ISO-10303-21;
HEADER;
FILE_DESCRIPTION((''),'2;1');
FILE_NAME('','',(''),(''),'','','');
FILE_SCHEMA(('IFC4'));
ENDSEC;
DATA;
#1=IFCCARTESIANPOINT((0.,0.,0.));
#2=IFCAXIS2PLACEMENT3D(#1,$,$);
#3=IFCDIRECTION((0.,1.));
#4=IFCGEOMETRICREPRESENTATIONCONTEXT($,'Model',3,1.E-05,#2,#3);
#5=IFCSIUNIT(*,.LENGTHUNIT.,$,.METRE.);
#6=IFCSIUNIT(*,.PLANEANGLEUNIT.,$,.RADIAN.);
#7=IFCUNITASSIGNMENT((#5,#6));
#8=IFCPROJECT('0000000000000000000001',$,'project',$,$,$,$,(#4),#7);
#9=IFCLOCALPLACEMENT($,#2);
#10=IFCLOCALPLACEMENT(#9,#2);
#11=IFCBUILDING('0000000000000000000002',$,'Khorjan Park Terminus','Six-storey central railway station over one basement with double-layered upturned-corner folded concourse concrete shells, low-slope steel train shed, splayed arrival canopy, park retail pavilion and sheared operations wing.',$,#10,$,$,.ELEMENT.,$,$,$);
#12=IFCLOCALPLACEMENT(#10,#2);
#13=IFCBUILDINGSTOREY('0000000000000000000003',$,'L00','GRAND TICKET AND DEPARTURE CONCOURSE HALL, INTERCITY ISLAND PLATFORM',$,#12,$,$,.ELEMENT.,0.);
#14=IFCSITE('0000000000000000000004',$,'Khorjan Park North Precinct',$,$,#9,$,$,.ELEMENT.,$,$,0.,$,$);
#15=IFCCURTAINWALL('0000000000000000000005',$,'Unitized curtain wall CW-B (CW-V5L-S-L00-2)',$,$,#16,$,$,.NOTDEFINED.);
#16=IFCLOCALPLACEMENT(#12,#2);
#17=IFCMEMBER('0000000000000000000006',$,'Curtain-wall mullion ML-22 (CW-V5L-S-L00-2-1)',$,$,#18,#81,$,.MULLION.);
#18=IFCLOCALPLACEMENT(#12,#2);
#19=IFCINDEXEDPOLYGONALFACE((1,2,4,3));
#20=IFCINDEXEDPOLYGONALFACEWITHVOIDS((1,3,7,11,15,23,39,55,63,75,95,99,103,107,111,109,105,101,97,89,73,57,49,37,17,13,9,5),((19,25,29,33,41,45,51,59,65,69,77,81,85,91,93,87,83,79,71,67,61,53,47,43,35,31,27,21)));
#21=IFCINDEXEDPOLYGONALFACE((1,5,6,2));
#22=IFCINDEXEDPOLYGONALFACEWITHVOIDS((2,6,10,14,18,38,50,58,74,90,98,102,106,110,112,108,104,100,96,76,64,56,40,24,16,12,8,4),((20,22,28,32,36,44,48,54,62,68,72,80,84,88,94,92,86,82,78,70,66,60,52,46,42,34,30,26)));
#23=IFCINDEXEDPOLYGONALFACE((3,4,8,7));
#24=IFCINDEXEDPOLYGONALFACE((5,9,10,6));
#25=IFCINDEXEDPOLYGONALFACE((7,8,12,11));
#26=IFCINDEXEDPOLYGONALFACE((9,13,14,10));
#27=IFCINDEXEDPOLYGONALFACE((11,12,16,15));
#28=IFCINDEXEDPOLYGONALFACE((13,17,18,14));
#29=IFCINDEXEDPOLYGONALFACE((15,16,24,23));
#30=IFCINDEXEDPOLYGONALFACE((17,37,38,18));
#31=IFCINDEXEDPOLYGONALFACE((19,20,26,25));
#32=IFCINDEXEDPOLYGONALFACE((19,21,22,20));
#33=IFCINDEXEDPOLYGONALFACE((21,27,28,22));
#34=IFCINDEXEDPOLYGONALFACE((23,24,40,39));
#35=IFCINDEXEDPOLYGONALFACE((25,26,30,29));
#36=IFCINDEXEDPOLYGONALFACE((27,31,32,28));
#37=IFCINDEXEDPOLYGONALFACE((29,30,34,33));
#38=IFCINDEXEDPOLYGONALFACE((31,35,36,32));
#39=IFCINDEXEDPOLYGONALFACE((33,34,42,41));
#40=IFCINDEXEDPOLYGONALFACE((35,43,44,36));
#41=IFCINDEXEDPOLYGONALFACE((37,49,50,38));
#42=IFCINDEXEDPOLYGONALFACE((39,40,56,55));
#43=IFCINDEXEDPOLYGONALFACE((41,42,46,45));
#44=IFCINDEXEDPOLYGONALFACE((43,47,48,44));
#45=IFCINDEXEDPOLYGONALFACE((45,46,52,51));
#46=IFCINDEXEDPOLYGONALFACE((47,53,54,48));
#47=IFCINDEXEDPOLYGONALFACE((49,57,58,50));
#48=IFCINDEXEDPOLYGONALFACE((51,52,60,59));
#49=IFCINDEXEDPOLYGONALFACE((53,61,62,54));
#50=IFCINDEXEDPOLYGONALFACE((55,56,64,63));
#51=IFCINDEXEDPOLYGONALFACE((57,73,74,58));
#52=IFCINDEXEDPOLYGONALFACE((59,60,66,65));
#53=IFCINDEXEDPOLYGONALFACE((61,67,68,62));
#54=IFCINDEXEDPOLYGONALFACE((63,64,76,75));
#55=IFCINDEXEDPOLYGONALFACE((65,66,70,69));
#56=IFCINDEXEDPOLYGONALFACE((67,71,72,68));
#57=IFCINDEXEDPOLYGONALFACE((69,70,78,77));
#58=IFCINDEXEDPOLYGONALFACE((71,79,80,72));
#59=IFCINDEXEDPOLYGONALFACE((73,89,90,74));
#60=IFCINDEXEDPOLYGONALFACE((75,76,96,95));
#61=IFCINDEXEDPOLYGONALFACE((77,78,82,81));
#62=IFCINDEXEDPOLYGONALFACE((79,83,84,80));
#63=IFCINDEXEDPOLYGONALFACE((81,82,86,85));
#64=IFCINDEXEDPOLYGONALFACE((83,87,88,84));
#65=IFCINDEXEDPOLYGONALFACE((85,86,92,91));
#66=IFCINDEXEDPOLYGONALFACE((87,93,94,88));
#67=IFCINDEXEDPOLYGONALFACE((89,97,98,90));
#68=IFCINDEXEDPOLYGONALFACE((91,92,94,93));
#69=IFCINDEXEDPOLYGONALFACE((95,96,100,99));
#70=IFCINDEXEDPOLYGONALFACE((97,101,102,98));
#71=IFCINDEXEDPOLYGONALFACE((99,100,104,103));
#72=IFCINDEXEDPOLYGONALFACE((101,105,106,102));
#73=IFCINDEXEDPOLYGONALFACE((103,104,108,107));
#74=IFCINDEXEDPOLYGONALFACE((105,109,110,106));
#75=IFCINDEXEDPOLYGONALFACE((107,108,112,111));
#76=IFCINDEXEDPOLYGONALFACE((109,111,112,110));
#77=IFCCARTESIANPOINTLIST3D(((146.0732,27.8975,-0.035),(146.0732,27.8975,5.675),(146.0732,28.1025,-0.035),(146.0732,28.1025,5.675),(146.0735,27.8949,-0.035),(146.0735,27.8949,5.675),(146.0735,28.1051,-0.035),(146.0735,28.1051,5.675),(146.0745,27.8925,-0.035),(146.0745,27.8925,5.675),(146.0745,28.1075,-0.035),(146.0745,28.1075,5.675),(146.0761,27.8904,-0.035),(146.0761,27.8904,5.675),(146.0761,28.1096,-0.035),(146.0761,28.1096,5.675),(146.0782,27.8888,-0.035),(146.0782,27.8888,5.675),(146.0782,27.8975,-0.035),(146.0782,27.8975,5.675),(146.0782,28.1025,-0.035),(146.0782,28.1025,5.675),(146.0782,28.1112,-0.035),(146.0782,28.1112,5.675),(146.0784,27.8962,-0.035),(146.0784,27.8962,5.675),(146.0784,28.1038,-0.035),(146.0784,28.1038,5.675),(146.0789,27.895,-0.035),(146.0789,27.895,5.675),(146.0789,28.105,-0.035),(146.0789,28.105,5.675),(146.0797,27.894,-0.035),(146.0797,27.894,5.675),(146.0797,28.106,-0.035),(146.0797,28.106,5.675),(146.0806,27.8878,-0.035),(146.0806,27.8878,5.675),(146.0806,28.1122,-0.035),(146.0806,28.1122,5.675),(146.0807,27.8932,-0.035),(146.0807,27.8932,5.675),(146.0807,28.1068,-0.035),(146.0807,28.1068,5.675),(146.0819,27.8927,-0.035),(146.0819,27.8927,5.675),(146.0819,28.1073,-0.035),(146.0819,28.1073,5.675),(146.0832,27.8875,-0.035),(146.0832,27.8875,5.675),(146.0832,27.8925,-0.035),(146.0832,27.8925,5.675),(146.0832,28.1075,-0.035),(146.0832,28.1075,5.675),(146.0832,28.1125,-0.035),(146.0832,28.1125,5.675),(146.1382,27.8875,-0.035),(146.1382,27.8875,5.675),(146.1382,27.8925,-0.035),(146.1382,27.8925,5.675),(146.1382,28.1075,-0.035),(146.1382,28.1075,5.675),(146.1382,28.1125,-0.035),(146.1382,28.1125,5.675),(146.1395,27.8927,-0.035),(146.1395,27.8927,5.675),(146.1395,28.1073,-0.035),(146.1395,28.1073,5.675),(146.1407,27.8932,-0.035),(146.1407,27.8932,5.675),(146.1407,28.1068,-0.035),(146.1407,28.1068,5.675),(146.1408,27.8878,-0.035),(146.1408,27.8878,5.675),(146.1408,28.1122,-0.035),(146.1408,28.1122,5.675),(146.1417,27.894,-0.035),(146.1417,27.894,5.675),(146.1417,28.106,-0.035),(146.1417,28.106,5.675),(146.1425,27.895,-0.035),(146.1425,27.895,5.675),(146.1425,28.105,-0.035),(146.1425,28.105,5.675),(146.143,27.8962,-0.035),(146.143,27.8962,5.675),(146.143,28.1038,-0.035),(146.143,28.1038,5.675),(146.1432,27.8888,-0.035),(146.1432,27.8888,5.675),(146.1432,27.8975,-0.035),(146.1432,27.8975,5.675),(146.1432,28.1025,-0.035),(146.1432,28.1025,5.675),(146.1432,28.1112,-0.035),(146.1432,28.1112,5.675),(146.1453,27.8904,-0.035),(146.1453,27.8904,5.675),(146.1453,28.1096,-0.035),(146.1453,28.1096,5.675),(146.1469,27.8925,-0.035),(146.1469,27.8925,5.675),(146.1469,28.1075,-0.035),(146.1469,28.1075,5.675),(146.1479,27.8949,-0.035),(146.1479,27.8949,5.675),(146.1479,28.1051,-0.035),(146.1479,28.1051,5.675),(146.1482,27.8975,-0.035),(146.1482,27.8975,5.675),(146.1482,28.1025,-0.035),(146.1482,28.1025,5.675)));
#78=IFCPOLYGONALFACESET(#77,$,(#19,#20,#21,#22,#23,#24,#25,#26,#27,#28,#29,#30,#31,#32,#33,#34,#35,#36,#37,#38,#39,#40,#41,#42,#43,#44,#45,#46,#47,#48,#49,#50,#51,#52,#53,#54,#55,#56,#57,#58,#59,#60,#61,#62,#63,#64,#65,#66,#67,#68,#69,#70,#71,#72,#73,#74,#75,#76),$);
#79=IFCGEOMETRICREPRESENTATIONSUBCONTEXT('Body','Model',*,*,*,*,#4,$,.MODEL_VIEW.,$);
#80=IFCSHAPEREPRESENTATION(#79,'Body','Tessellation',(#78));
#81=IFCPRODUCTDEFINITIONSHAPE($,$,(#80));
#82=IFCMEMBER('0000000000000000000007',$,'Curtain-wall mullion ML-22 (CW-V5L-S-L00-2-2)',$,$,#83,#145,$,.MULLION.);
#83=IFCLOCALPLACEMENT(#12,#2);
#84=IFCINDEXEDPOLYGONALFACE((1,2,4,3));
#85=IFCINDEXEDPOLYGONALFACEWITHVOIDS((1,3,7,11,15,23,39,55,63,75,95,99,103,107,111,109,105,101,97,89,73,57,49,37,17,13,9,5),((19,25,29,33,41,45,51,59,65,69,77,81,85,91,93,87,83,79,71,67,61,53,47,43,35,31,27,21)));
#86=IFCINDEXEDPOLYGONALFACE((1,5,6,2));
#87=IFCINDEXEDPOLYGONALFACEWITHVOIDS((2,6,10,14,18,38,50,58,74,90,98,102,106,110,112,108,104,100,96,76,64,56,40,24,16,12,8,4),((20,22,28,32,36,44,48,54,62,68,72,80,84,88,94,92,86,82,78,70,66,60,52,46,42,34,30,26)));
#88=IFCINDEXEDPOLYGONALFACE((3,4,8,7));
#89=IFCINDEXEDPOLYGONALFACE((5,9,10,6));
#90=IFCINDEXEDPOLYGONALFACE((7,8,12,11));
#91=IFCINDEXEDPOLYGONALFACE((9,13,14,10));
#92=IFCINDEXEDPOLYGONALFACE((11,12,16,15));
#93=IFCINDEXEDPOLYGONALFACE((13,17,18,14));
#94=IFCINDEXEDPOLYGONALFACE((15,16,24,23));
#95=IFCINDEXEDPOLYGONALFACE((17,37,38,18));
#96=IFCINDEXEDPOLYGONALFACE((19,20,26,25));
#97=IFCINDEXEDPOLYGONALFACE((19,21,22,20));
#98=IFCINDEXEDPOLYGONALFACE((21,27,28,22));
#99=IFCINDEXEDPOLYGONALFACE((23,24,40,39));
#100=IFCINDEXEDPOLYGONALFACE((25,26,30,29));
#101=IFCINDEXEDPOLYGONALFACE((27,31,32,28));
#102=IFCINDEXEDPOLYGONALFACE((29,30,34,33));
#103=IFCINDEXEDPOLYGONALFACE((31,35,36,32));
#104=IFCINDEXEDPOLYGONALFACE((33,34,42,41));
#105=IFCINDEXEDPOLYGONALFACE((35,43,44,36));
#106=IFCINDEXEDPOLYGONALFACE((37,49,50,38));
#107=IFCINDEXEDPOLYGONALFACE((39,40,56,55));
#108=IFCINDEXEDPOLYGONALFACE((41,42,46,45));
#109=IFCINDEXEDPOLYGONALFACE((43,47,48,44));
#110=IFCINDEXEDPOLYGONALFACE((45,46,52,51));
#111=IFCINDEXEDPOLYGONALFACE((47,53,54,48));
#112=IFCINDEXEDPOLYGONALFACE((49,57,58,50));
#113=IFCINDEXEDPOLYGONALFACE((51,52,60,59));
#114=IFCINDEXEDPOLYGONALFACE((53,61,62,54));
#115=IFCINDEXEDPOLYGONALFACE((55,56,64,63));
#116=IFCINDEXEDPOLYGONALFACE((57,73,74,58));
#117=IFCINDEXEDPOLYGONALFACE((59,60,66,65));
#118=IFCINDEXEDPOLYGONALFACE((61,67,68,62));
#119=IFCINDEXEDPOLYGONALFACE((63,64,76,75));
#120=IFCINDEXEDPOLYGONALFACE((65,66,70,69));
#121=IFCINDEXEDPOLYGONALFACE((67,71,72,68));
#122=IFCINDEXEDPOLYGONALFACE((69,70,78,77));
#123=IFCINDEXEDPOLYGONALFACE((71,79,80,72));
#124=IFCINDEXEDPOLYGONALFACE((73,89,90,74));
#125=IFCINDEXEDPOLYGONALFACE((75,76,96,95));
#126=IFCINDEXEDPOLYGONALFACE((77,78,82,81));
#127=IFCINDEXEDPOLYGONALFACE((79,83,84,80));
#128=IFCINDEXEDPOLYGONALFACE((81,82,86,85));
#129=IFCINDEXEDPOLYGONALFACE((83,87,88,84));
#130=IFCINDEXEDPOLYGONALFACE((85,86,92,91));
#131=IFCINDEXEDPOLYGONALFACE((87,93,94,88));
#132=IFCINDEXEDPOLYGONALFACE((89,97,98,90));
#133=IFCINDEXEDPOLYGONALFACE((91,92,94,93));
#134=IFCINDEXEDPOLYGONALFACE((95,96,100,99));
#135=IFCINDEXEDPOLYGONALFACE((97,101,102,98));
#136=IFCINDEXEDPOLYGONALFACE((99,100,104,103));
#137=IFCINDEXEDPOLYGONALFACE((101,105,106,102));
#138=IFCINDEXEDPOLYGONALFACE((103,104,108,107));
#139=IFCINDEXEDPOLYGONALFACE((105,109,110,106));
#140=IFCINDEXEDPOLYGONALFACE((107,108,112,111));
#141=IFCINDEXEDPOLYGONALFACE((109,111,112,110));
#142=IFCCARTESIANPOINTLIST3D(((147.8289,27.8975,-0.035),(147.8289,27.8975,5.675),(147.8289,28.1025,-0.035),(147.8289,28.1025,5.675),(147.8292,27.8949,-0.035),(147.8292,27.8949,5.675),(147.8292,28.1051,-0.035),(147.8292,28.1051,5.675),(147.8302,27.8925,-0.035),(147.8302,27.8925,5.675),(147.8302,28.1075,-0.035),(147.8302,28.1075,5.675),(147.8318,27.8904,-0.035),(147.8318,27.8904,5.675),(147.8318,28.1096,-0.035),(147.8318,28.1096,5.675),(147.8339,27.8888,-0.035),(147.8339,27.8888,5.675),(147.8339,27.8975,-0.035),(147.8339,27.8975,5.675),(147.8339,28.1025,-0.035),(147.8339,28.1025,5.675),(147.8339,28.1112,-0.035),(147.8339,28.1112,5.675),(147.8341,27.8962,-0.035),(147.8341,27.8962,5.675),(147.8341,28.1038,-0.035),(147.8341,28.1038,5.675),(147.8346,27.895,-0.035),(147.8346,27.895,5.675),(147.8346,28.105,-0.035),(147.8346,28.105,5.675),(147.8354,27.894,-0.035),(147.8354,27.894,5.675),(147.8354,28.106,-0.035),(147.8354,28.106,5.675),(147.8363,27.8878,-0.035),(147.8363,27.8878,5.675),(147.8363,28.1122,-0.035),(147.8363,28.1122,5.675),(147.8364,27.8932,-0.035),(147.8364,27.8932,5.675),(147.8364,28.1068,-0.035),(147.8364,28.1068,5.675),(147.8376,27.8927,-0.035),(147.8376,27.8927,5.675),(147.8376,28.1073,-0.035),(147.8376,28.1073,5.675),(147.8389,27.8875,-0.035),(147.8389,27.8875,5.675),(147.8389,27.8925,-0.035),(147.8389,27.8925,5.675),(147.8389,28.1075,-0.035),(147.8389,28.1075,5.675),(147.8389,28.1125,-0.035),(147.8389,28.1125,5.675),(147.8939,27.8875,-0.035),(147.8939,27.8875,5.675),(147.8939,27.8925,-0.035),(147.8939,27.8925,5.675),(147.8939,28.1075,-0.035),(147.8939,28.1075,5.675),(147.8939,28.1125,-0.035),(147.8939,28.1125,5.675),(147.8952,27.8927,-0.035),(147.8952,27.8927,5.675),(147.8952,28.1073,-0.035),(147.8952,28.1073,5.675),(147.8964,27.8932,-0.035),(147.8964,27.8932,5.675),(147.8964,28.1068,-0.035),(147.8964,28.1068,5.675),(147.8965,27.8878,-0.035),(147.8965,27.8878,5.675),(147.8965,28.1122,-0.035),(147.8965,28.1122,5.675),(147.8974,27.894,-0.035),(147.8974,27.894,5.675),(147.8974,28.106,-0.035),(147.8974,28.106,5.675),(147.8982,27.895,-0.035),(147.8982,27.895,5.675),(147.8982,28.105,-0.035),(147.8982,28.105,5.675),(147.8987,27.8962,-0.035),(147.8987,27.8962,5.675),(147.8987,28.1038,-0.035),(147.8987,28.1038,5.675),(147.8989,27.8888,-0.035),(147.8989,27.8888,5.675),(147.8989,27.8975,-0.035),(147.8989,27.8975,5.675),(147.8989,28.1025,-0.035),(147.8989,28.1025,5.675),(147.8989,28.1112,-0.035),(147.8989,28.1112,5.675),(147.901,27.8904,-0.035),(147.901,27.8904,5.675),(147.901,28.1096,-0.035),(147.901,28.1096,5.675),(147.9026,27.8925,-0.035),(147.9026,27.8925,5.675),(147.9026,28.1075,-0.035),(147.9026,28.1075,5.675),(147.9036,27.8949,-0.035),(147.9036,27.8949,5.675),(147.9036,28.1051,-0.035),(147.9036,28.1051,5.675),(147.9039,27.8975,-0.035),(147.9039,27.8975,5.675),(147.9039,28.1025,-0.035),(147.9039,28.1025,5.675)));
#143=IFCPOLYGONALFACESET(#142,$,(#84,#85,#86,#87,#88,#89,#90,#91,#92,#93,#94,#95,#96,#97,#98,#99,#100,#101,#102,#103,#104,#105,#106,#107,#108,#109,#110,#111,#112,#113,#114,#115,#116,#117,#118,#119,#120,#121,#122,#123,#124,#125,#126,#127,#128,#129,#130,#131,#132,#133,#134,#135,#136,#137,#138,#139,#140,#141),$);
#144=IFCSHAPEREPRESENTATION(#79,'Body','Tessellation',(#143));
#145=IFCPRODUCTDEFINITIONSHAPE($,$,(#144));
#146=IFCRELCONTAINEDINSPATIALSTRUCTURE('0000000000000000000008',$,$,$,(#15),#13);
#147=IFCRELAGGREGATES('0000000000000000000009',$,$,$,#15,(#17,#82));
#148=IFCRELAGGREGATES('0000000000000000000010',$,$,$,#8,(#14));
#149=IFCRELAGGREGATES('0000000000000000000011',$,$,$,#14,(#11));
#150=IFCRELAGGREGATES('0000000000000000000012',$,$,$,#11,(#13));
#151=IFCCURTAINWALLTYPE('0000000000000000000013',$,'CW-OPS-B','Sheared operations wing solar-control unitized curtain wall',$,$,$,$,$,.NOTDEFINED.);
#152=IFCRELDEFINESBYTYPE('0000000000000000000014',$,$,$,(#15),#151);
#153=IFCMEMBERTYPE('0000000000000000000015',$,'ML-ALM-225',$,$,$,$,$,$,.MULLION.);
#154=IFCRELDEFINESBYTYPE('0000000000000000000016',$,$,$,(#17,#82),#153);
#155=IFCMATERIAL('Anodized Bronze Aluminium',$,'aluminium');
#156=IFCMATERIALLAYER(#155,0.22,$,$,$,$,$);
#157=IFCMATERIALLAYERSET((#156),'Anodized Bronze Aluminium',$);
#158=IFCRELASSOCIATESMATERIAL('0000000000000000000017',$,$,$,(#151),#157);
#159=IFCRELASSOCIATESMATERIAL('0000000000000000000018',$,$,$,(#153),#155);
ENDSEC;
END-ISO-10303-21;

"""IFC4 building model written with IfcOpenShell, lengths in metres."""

from ifc_helpers import new_model, si_unit, direction, frame, origin, origin_2d, place, context, subcontext, project, spatial, hollow_rectangle, extrude, material, layer, layer_set, material_profile, profile_set, type_object, element, aggregate, save


model = new_model("IFC4")

# Units and contexts
model_context = context("Model", 3, precision=1e-05, world=origin(), true_north=direction((0.0, 1.0)))
body_context = subcontext(model_context, "Body", "Model", "MODEL_VIEW")
ifc_project = project(units=[si_unit("LENGTHUNIT", "METRE"), si_unit("PLANEANGLEUNIT", "RADIAN")], contexts=[model_context])

# Site, building, storey
site_placement = place(None, origin())
site = spatial("IfcSite", under=ifc_project, at=site_placement, Name="Khorjan Park North Precinct", CompositionType="ELEMENT", RefElevation=0.0)
building_placement = place(site_placement, origin())
building = spatial("IfcBuilding", under=site, at=building_placement, Name="Khorjan Park Terminus", Description="Six-storey central railway station over one basement with double-layered upturned-corner folded concourse concrete shells, low-slope steel train shed, splayed arrival canopy, park retail pavilion and sheared operations wing.", CompositionType="ELEMENT")
storey_placement = place(building_placement, origin())
storey = spatial("IfcBuildingStorey", under=building, at=storey_placement, Name="L00", Description="GRAND TICKET AND DEPARTURE CONCOURSE HALL, INTERCITY ISLAND PLATFORM", CompositionType="ELEMENT", Elevation=0.0)

# Shared definitions
ifc_material_1 = material(Name="Anodized Bronze Aluminium", Category="aluminium")
ifc_layer_1 = layer(ifc_material_1, 0.22)
ifc_layer_set_1 = layer_set([ifc_layer_1], Name="Anodized Bronze Aluminium")
curtain_wall_type = type_object("IfcCurtainWallType", Name="CW-OPS-B", Description="Sheared operations wing solar-control unitized curtain wall", PredefinedType="NOTDEFINED", material=ifc_layer_set_1)
ifc_material_profile_1 = material_profile(ifc_material_1, hollow_rectangle(XDim=0.075, YDim=0.225, WallThickness=0.005, InnerFilletRadius=0.005, OuterFilletRadius=0.01, at=origin_2d()), Name="ALM 75x225x5")
ifc_profile_set_1 = profile_set([ifc_material_profile_1], Name="Anodized Bronze Aluminium")
member_type_1 = type_object("IfcMemberType", Name="ML-ALM-225", PredefinedType="MULLION", material=ifc_profile_set_1)

# Curtain wall, members
curtain_wall_1_placement = place(storey_placement, origin())
curtain_wall_1 = element("IfcCurtainWall", 1, at=curtain_wall_1_placement, inside=storey, type_object=curtain_wall_type, Name="Unitized curtain wall CW-B (CW-V5L-S-L00-2)", PredefinedType="NOTDEFINED")
member_1_placement = place(storey_placement, frame((146.1107, 28.0, -0.035), z_axis=(0.0, 0.0, 1.0), x_axis=(1.0, 0.0, 0.0)))
member_1 = element("IfcMember", 2, at=member_1_placement, type_object=member_type_1, Name="Curtain-wall mullion ML-22 (CW-V5L-S-L00-2-1)", PredefinedType="MULLION", context=body_context, shape_type="SweptSolid", body=[
    extrude(hollow_rectangle(XDim=0.075, YDim=0.225, WallThickness=0.005, InnerFilletRadius=0.005, OuterFilletRadius=0.01, at=origin_2d()), origin(), (0.0, 0.0, 1.0), 5.71),
])
member_2_placement = place(storey_placement, frame((147.8664, 28.0, -0.035), z_axis=(0.0, 0.0, 1.0), x_axis=(1.0, 0.0, 0.0)))
member_2 = element("IfcMember", 3, at=member_2_placement, type_object=member_type_1, Name="Curtain-wall mullion ML-22 (CW-V5L-S-L00-2-2)", PredefinedType="MULLION", context=body_context, shape_type="SweptSolid", body=[
    extrude(hollow_rectangle(XDim=0.075, YDim=0.225, WallThickness=0.005, InnerFilletRadius=0.005, OuterFilletRadius=0.01, at=origin_2d()), origin(), (0.0, 0.0, 1.0), 5.71),
])

aggregate(curtain_wall_1, [member_1, member_2])

save(model, "model.ifc")
